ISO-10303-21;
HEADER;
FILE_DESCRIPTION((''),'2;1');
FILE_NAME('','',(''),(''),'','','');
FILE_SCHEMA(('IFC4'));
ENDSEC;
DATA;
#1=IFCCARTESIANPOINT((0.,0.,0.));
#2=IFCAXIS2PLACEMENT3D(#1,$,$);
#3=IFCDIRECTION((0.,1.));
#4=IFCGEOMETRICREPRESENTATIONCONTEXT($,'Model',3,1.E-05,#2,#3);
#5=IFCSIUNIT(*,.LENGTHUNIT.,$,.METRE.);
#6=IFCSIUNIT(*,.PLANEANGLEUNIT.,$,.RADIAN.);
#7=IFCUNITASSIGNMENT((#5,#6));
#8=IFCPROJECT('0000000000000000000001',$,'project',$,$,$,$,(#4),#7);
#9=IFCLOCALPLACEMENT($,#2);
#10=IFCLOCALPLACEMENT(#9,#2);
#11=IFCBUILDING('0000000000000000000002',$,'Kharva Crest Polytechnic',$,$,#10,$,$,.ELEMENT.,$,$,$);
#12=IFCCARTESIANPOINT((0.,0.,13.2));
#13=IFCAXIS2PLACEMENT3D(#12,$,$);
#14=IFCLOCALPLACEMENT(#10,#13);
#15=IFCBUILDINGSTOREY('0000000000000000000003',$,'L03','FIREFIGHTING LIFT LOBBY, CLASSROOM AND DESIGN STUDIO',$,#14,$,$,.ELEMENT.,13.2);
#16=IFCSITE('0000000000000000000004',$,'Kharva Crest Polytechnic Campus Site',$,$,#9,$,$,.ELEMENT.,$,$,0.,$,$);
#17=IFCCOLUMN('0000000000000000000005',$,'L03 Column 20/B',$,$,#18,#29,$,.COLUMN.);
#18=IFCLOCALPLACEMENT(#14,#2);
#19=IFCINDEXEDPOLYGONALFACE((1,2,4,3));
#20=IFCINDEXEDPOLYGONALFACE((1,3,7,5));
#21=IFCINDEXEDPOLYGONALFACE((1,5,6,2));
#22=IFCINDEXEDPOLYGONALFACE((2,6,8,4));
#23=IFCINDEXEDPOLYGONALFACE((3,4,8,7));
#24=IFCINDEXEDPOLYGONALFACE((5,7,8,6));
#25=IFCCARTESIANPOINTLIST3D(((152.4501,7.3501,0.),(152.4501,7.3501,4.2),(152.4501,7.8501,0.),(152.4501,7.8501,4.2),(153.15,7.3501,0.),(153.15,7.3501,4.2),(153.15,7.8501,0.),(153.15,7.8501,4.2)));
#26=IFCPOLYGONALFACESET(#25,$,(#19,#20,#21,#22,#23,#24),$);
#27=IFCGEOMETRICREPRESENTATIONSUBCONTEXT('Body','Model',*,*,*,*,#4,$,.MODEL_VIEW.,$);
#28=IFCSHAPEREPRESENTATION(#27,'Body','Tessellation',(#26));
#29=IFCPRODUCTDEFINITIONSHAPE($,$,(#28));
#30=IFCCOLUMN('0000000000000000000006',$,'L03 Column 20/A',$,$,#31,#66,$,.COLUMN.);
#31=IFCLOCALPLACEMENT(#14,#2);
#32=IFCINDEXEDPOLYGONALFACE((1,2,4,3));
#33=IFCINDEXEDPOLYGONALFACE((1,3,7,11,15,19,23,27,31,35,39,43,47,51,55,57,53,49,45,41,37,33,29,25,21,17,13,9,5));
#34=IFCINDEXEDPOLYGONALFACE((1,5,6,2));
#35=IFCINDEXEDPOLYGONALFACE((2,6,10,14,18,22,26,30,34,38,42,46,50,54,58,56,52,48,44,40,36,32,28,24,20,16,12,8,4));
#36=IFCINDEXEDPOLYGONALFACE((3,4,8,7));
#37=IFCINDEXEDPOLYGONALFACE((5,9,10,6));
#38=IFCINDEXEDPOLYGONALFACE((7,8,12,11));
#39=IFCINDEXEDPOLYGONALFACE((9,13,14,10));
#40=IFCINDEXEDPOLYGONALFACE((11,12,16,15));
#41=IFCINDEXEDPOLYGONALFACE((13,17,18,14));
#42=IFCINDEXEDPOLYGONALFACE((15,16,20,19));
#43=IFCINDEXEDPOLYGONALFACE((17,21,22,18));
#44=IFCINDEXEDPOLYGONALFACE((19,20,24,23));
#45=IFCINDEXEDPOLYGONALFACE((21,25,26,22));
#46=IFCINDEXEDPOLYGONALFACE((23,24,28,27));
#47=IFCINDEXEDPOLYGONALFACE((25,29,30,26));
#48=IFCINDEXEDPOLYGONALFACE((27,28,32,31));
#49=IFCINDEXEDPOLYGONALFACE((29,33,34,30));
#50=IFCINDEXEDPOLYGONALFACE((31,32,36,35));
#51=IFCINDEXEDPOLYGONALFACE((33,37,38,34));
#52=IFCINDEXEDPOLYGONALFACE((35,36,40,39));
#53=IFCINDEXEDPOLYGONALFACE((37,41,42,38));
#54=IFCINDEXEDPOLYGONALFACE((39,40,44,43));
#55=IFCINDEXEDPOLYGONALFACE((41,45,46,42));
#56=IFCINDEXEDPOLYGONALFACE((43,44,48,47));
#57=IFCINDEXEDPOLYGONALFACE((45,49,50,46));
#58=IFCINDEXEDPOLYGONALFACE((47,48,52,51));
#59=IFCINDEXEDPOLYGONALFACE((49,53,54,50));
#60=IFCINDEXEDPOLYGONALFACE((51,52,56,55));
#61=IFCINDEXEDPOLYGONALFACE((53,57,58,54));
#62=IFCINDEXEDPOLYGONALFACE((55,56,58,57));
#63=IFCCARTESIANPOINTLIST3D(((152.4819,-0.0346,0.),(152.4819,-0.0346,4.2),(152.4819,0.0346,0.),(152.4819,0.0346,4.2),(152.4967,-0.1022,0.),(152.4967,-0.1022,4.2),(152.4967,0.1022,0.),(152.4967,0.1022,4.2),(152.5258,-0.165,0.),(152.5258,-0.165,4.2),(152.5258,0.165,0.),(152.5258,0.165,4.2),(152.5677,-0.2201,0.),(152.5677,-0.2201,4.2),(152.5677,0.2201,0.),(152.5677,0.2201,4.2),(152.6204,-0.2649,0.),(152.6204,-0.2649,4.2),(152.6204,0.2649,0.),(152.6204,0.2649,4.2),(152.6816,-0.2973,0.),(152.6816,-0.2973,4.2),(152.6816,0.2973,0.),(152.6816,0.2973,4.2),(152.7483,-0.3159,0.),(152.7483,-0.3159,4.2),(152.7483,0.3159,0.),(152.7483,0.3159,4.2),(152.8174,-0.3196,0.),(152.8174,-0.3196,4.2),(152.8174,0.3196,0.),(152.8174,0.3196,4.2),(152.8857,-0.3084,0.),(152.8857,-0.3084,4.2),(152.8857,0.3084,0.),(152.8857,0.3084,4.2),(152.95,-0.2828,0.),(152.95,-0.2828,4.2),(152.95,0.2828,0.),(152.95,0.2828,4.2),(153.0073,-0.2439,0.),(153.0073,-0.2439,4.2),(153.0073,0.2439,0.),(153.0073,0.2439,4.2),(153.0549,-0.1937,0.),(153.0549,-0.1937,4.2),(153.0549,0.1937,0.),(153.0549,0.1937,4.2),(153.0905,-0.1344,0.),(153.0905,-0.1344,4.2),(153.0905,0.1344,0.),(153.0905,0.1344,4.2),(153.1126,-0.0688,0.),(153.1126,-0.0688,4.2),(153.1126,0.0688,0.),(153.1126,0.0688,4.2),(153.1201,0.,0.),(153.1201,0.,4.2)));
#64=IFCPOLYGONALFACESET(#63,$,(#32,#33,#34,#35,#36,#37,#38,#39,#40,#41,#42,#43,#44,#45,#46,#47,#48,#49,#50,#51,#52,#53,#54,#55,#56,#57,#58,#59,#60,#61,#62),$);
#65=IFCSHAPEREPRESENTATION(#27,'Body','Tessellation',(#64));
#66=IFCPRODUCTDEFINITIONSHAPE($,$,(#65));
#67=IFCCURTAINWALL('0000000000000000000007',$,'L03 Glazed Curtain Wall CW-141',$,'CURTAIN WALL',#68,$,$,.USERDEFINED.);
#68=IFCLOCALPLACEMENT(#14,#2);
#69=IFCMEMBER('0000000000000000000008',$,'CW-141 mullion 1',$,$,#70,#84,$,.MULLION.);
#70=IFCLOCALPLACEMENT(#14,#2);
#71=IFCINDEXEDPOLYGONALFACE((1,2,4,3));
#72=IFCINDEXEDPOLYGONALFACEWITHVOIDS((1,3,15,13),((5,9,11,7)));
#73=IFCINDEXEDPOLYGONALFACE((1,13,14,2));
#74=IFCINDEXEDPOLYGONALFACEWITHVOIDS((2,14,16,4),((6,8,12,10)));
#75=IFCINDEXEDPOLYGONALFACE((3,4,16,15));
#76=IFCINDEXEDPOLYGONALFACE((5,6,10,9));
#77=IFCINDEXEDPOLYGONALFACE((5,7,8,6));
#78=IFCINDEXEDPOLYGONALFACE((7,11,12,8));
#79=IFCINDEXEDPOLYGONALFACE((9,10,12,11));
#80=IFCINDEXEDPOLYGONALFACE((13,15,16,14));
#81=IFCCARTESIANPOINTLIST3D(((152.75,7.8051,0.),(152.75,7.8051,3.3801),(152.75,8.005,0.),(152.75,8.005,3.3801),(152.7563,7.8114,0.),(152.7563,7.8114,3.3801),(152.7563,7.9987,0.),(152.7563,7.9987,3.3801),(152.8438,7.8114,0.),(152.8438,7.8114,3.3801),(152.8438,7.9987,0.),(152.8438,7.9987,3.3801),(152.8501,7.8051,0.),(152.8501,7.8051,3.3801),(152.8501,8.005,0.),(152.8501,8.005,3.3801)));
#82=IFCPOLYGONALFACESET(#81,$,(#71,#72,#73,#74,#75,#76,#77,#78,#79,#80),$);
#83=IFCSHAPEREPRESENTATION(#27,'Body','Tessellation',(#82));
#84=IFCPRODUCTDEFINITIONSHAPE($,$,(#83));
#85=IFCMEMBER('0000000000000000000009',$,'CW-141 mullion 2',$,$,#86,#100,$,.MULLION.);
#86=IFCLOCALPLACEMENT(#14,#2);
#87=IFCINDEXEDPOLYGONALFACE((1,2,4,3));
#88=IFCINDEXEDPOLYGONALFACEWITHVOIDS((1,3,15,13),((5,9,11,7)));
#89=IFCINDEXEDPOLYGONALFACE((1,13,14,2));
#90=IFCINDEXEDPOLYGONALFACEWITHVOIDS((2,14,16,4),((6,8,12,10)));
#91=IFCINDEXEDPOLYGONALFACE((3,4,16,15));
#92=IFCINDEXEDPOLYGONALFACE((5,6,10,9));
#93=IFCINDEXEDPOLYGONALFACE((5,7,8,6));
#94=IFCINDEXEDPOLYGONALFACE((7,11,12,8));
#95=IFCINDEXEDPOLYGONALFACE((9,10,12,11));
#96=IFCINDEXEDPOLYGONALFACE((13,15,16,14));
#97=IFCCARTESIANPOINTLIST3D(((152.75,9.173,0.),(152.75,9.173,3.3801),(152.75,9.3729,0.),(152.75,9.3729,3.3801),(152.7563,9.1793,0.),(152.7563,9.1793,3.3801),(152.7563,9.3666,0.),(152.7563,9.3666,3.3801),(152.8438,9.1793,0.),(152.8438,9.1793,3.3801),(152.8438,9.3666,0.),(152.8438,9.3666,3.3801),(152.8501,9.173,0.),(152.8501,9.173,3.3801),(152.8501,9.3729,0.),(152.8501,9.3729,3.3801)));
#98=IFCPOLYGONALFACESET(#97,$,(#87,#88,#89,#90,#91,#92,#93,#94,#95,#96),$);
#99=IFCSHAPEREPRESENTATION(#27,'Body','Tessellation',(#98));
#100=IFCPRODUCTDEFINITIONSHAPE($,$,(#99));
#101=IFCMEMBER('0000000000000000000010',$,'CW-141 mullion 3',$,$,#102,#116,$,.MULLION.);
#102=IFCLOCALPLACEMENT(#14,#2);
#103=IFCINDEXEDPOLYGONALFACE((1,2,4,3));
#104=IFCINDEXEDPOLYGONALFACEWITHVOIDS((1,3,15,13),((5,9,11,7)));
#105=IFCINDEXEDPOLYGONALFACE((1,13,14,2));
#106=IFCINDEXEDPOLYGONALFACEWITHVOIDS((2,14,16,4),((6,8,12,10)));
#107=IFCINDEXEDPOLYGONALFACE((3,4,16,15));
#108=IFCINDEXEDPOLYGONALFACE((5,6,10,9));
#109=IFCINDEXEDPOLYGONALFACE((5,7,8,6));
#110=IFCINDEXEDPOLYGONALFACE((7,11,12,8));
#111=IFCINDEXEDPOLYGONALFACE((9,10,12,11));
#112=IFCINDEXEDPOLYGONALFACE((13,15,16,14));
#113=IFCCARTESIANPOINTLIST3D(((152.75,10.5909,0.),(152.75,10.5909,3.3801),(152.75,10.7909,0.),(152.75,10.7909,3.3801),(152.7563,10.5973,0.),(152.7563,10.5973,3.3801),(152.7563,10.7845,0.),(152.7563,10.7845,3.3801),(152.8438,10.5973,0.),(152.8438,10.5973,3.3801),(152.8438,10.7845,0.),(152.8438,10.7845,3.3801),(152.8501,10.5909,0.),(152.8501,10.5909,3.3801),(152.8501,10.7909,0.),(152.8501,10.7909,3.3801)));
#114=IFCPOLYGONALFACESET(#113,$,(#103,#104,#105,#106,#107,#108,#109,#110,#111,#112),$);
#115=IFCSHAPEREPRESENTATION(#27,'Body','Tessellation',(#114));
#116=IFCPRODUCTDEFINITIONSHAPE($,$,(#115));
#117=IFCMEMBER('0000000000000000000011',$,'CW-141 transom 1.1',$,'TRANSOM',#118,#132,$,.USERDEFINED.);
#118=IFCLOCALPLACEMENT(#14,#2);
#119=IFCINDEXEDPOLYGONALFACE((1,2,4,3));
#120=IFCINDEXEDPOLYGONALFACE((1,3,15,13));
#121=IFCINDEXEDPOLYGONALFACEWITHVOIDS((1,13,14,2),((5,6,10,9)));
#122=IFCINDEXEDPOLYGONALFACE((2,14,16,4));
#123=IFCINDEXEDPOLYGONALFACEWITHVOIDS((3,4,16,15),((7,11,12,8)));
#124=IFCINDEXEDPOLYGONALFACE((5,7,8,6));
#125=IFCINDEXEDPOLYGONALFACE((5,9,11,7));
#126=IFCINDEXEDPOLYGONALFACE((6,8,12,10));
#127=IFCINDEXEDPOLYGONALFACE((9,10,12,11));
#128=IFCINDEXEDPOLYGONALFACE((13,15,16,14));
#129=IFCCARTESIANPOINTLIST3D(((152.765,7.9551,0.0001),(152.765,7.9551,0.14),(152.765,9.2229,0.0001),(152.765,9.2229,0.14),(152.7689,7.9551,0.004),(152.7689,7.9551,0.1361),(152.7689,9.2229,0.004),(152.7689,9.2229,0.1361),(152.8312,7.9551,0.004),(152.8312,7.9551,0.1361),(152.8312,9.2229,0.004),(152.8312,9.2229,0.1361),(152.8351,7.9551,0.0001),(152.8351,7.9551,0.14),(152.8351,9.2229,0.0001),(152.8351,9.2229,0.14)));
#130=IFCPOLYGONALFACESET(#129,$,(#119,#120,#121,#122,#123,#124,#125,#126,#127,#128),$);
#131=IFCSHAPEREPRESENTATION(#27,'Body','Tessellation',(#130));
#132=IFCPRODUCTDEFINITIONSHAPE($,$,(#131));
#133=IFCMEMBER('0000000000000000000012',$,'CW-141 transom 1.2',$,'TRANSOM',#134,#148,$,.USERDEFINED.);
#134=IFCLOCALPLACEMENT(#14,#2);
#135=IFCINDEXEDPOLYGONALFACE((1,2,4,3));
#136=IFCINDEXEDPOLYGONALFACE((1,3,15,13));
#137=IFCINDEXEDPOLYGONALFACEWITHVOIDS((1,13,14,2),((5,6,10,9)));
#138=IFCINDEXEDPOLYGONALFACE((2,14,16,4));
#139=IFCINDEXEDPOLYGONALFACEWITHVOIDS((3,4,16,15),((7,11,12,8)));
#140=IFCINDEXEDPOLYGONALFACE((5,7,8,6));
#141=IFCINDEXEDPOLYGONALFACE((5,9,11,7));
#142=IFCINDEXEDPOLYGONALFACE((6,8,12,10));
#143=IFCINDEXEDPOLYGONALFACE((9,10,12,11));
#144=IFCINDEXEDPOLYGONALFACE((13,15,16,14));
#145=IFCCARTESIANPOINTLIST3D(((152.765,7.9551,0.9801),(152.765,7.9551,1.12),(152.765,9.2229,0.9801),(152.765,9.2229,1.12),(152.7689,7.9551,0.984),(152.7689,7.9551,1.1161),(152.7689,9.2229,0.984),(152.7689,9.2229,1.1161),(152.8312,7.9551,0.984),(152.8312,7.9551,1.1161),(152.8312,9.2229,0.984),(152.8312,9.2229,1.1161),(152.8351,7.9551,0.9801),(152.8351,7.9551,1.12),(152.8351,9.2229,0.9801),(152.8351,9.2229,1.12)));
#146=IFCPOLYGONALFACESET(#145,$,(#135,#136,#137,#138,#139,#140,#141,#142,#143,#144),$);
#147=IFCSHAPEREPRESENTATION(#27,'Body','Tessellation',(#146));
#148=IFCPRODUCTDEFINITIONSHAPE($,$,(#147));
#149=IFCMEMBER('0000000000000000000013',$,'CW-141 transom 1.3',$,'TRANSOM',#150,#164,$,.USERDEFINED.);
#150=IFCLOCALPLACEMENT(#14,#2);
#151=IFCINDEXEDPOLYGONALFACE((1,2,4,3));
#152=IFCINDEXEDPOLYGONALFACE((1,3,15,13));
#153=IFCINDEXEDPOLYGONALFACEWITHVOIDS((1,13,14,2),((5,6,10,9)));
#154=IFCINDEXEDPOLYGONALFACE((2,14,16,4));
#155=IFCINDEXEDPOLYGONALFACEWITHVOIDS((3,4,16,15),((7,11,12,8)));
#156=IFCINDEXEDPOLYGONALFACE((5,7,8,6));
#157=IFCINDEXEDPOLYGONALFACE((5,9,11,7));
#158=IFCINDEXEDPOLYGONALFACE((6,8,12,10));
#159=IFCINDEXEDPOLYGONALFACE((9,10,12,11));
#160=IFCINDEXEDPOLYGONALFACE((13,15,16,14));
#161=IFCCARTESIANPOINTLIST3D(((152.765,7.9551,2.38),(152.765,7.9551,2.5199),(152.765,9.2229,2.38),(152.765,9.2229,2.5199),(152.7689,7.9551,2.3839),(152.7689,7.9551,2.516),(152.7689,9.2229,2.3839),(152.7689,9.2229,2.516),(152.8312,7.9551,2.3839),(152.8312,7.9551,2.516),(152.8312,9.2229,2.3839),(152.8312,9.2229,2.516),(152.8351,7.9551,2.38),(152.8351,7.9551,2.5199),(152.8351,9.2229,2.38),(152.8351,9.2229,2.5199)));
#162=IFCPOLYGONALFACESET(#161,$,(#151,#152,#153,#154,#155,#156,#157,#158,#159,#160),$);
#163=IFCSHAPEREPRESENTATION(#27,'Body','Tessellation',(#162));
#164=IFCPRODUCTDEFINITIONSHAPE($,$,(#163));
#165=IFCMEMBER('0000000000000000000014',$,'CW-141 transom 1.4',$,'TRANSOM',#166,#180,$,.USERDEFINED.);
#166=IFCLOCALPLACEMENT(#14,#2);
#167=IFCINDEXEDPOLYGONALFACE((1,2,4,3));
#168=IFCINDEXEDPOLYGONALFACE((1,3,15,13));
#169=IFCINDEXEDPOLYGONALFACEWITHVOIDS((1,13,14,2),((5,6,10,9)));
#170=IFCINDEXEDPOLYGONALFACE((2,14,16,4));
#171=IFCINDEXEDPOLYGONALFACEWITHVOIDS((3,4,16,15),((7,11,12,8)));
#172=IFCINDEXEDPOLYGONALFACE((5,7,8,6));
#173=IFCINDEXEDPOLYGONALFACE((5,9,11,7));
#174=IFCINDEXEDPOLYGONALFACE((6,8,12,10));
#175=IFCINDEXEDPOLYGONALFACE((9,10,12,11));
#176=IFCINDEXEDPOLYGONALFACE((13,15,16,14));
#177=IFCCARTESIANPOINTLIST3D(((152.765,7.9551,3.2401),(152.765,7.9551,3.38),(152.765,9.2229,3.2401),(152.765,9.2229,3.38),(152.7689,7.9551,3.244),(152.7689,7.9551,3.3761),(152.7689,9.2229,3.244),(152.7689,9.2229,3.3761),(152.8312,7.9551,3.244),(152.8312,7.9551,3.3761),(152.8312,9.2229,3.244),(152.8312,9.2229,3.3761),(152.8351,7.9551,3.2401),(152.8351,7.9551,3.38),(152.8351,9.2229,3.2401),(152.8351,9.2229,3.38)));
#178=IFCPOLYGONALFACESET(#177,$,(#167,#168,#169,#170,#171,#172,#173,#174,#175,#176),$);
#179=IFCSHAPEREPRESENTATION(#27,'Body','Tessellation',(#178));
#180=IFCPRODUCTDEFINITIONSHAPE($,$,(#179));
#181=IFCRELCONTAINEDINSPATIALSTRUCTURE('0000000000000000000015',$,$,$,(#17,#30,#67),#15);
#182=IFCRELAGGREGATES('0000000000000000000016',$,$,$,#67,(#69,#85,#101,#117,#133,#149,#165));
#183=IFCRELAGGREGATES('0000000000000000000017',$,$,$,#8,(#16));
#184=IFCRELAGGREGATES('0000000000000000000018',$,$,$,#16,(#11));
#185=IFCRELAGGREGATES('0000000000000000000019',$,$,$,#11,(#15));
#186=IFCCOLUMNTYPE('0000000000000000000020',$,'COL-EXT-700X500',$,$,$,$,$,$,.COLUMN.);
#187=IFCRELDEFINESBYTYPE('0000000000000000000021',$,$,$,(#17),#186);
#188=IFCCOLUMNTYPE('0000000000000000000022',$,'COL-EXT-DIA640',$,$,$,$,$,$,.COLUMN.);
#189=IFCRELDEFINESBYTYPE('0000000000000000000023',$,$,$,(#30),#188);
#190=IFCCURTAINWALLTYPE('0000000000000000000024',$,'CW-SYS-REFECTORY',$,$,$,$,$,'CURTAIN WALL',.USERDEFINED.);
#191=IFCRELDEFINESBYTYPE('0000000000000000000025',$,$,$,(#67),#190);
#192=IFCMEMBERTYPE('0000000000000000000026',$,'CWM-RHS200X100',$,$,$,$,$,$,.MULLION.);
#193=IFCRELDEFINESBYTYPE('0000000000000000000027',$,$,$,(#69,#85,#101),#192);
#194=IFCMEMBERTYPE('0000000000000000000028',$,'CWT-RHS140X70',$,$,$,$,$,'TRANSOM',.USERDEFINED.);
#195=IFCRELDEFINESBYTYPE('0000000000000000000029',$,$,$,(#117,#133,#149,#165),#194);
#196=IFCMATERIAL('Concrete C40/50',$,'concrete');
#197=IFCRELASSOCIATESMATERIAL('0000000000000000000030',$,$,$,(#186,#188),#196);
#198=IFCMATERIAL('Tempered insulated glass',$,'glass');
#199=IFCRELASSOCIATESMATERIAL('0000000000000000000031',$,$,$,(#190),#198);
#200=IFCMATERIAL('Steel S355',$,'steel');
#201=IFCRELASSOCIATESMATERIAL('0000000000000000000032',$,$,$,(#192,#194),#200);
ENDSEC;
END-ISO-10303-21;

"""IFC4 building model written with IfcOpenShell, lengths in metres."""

from ifc_helpers import new_model, si_unit, direction, frame, origin, origin_2d, place, context, subcontext, project, spatial, rectangle, hollow_rectangle, circle, extrude, material, material_profile, profile_set, type_object, element, aggregate, save


model = new_model("IFC4")

# Units and contexts
model_context = context("Model", 3, precision=1e-05, world=origin(), true_north=direction((0.0, 1.0)))
body_context = subcontext(model_context, "Body", "Model", "MODEL_VIEW")
ifc_project = project(units=[si_unit("LENGTHUNIT", "METRE"), si_unit("PLANEANGLEUNIT", "RADIAN")], contexts=[model_context])

# Site, building, storey
site_placement = place(None, origin())
site = spatial("IfcSite", under=ifc_project, at=site_placement, Name="Kharva Crest Polytechnic Campus Site", CompositionType="ELEMENT", RefElevation=0.0)
building_placement = place(site_placement, origin())
building = spatial("IfcBuilding", under=site, at=building_placement, Name="Kharva Crest Polytechnic", CompositionType="ELEMENT")
storey_placement = place(building_placement, frame((0.0, 0.0, 13.2)))
storey = spatial("IfcBuildingStorey", under=building, at=storey_placement, Name="L03", Description="FIREFIGHTING LIFT LOBBY, CLASSROOM AND DESIGN STUDIO", CompositionType="ELEMENT", Elevation=13.2)

# Columns
ifc_material_1 = material(Name="Concrete C40/50", Category="concrete")
ifc_material_profile_1 = material_profile(ifc_material_1, rectangle(XDim=0.7, YDim=0.5, at=origin_2d()), Name="RECT 700 X 500")
ifc_profile_set_1 = profile_set([ifc_material_profile_1], Name="Concrete C40/50")
column_type_1 = type_object("IfcColumnType", Name="COL-EXT-700X500", PredefinedType="COLUMN", material=ifc_profile_set_1)
column_1_placement = place(storey_placement, frame((152.8, 7.6001, 0.0), z_axis=(0.0, 0.0, 1.0), x_axis=(1.0, 0.0, 0.0)))
element("IfcColumn", 1, at=column_1_placement, inside=storey, type_object=column_type_1, Name="L03 Column 20/B", PredefinedType="COLUMN", context=body_context, shape_type="SweptSolid", body=[
    extrude(rectangle(XDim=0.7, YDim=0.5, at=origin_2d()), origin(), (0.0, 0.0, 1.0), 4.2),
])
ifc_material_profile_2 = material_profile(ifc_material_1, circle(Radius=0.3201, at=origin_2d()), Name="DIA 640")
ifc_profile_set_2 = profile_set([ifc_material_profile_2], Name="Concrete C40/50")
column_type_2 = type_object("IfcColumnType", Name="COL-EXT-DIA640", PredefinedType="COLUMN", material=ifc_profile_set_2)
column_2_placement = place(storey_placement, frame((152.8, 0.0, 0.0), z_axis=(0.0, 0.0, 1.0), x_axis=(1.0, 0.0, 0.0)))
element("IfcColumn", 2, at=column_2_placement, inside=storey, type_object=column_type_2, Name="L03 Column 20/A", PredefinedType="COLUMN", context=body_context, shape_type="SweptSolid", body=[
    extrude(circle(Radius=0.3201, at=origin_2d()), origin(), (0.0, 0.0, 1.0), 4.2),
])

# Curtain wall, members
ifc_material_2 = material(Name="Tempered insulated glass", Category="glass")
curtain_wall_type = type_object("IfcCurtainWallType", Name="CW-SYS-REFECTORY", ElementType="CURTAIN WALL", PredefinedType="USERDEFINED", material=ifc_material_2)
curtain_wall_placement = place(storey_placement, origin())
curtain_wall = element("IfcCurtainWall", 3, at=curtain_wall_placement, inside=storey, type_object=curtain_wall_type, Name="L03 Glazed Curtain Wall CW-141", ObjectType="CURTAIN WALL", PredefinedType="USERDEFINED")
ifc_material_3 = material(Name="Steel S355", Category="steel")
ifc_material_profile_3 = material_profile(ifc_material_3, hollow_rectangle(XDim=0.1001, YDim=0.2, WallThickness=0.0063, at=origin_2d()), Name="RHS 200X100X6.3")
ifc_profile_set_3 = profile_set([ifc_material_profile_3], Name="Steel S355")
member_type_1 = type_object("IfcMemberType", Name="CWM-RHS200X100", PredefinedType="MULLION", material=ifc_profile_set_3)
member_1_placement = place(storey_placement, frame((152.8, 7.905, 0.0), z_axis=(0.0, 0.0, 1.0), x_axis=(-1.0, 0.0, 0.0)))
member_1 = element("IfcMember", 4, at=member_1_placement, type_object=member_type_1, Name="CW-141 mullion 1", PredefinedType="MULLION", context=body_context, shape_type="SweptSolid", body=[
    extrude(hollow_rectangle(XDim=0.1001, YDim=0.2, WallThickness=0.0063, at=origin_2d()), origin(), (0.0, 0.0, 1.0), 3.3801),
])
member_2_placement = place(storey_placement, frame((152.8, 9.2729, 0.0), z_axis=(0.0, 0.0, 1.0), x_axis=(-1.0, 0.0, 0.0)))
member_2 = element("IfcMember", 5, at=member_2_placement, type_object=member_type_1, Name="CW-141 mullion 2", PredefinedType="MULLION", context=body_context, shape_type="SweptSolid", body=[
    extrude(hollow_rectangle(XDim=0.1001, YDim=0.2, WallThickness=0.0063, at=origin_2d()), origin(), (0.0, 0.0, 1.0), 3.3801),
])
member_3_placement = place(storey_placement, frame((152.8, 10.6909, 0.0), z_axis=(0.0, 0.0, 1.0), x_axis=(-1.0, 0.0, 0.0)))
member_3 = element("IfcMember", 6, at=member_3_placement, type_object=member_type_1, Name="CW-141 mullion 3", PredefinedType="MULLION", context=body_context, shape_type="SweptSolid", body=[
    extrude(hollow_rectangle(XDim=0.1001, YDim=0.2, WallThickness=0.0063, at=origin_2d()), origin(), (0.0, 0.0, 1.0), 3.3801),
])
ifc_material_profile_4 = material_profile(ifc_material_3, hollow_rectangle(XDim=0.0701, YDim=0.1399, WallThickness=0.0039, at=origin_2d()), Name="RHS 140X70X4.0")
ifc_profile_set_4 = profile_set([ifc_material_profile_4], Name="Steel S355")
member_type_2 = type_object("IfcMemberType", Name="CWT-RHS140X70", ElementType="TRANSOM", PredefinedType="USERDEFINED", material=ifc_profile_set_4)
member_4_placement = place(storey_placement, frame((152.8, 7.9551, 0.0701), z_axis=(0.0, 1.0, 0.0), x_axis=(-1.0, 0.0, 0.0)))
member_4 = element("IfcMember", 7, at=member_4_placement, type_object=member_type_2, Name="CW-141 transom 1.1", ObjectType="TRANSOM", PredefinedType="USERDEFINED", context=body_context, shape_type="SweptSolid", body=[
    extrude(hollow_rectangle(XDim=0.0701, YDim=0.1399, WallThickness=0.0039, at=origin_2d()), origin(), (0.0, 0.0, 1.0), 1.2678),
])
member_5_placement = place(storey_placement, frame((152.8, 7.9551, 1.05), z_axis=(0.0, 1.0, 0.0), x_axis=(-1.0, 0.0, 0.0)))
member_5 = element("IfcMember", 8, at=member_5_placement, type_object=member_type_2, Name="CW-141 transom 1.2", ObjectType="TRANSOM", PredefinedType="USERDEFINED", context=body_context, shape_type="SweptSolid", body=[
    extrude(hollow_rectangle(XDim=0.0701, YDim=0.1399, WallThickness=0.0039, at=origin_2d()), origin(), (0.0, 0.0, 1.0), 1.2678),
])
member_6_placement = place(storey_placement, frame((152.8, 7.9551, 2.45), z_axis=(0.0, 1.0, 0.0), x_axis=(-1.0, 0.0, 0.0)))
member_6 = element("IfcMember", 9, at=member_6_placement, type_object=member_type_2, Name="CW-141 transom 1.3", ObjectType="TRANSOM", PredefinedType="USERDEFINED", context=body_context, shape_type="SweptSolid", body=[
    extrude(hollow_rectangle(XDim=0.0701, YDim=0.1399, WallThickness=0.0039, at=origin_2d()), origin(), (0.0, 0.0, 1.0), 1.2678),
])
member_7_placement = place(storey_placement, frame((152.8, 7.9551, 3.3101), z_axis=(0.0, 1.0, 0.0), x_axis=(-1.0, 0.0, 0.0)))
member_7 = element("IfcMember", 10, at=member_7_placement, type_object=member_type_2, Name="CW-141 transom 1.4", ObjectType="TRANSOM", PredefinedType="USERDEFINED", context=body_context, shape_type="SweptSolid", body=[
    extrude(hollow_rectangle(XDim=0.0701, YDim=0.1399, WallThickness=0.0039, at=origin_2d()), origin(), (0.0, 0.0, 1.0), 1.2678),
])

aggregate(curtain_wall, [member_1, member_2, member_3, member_4, member_5, member_6, member_7])

save(model, "model.ifc")
